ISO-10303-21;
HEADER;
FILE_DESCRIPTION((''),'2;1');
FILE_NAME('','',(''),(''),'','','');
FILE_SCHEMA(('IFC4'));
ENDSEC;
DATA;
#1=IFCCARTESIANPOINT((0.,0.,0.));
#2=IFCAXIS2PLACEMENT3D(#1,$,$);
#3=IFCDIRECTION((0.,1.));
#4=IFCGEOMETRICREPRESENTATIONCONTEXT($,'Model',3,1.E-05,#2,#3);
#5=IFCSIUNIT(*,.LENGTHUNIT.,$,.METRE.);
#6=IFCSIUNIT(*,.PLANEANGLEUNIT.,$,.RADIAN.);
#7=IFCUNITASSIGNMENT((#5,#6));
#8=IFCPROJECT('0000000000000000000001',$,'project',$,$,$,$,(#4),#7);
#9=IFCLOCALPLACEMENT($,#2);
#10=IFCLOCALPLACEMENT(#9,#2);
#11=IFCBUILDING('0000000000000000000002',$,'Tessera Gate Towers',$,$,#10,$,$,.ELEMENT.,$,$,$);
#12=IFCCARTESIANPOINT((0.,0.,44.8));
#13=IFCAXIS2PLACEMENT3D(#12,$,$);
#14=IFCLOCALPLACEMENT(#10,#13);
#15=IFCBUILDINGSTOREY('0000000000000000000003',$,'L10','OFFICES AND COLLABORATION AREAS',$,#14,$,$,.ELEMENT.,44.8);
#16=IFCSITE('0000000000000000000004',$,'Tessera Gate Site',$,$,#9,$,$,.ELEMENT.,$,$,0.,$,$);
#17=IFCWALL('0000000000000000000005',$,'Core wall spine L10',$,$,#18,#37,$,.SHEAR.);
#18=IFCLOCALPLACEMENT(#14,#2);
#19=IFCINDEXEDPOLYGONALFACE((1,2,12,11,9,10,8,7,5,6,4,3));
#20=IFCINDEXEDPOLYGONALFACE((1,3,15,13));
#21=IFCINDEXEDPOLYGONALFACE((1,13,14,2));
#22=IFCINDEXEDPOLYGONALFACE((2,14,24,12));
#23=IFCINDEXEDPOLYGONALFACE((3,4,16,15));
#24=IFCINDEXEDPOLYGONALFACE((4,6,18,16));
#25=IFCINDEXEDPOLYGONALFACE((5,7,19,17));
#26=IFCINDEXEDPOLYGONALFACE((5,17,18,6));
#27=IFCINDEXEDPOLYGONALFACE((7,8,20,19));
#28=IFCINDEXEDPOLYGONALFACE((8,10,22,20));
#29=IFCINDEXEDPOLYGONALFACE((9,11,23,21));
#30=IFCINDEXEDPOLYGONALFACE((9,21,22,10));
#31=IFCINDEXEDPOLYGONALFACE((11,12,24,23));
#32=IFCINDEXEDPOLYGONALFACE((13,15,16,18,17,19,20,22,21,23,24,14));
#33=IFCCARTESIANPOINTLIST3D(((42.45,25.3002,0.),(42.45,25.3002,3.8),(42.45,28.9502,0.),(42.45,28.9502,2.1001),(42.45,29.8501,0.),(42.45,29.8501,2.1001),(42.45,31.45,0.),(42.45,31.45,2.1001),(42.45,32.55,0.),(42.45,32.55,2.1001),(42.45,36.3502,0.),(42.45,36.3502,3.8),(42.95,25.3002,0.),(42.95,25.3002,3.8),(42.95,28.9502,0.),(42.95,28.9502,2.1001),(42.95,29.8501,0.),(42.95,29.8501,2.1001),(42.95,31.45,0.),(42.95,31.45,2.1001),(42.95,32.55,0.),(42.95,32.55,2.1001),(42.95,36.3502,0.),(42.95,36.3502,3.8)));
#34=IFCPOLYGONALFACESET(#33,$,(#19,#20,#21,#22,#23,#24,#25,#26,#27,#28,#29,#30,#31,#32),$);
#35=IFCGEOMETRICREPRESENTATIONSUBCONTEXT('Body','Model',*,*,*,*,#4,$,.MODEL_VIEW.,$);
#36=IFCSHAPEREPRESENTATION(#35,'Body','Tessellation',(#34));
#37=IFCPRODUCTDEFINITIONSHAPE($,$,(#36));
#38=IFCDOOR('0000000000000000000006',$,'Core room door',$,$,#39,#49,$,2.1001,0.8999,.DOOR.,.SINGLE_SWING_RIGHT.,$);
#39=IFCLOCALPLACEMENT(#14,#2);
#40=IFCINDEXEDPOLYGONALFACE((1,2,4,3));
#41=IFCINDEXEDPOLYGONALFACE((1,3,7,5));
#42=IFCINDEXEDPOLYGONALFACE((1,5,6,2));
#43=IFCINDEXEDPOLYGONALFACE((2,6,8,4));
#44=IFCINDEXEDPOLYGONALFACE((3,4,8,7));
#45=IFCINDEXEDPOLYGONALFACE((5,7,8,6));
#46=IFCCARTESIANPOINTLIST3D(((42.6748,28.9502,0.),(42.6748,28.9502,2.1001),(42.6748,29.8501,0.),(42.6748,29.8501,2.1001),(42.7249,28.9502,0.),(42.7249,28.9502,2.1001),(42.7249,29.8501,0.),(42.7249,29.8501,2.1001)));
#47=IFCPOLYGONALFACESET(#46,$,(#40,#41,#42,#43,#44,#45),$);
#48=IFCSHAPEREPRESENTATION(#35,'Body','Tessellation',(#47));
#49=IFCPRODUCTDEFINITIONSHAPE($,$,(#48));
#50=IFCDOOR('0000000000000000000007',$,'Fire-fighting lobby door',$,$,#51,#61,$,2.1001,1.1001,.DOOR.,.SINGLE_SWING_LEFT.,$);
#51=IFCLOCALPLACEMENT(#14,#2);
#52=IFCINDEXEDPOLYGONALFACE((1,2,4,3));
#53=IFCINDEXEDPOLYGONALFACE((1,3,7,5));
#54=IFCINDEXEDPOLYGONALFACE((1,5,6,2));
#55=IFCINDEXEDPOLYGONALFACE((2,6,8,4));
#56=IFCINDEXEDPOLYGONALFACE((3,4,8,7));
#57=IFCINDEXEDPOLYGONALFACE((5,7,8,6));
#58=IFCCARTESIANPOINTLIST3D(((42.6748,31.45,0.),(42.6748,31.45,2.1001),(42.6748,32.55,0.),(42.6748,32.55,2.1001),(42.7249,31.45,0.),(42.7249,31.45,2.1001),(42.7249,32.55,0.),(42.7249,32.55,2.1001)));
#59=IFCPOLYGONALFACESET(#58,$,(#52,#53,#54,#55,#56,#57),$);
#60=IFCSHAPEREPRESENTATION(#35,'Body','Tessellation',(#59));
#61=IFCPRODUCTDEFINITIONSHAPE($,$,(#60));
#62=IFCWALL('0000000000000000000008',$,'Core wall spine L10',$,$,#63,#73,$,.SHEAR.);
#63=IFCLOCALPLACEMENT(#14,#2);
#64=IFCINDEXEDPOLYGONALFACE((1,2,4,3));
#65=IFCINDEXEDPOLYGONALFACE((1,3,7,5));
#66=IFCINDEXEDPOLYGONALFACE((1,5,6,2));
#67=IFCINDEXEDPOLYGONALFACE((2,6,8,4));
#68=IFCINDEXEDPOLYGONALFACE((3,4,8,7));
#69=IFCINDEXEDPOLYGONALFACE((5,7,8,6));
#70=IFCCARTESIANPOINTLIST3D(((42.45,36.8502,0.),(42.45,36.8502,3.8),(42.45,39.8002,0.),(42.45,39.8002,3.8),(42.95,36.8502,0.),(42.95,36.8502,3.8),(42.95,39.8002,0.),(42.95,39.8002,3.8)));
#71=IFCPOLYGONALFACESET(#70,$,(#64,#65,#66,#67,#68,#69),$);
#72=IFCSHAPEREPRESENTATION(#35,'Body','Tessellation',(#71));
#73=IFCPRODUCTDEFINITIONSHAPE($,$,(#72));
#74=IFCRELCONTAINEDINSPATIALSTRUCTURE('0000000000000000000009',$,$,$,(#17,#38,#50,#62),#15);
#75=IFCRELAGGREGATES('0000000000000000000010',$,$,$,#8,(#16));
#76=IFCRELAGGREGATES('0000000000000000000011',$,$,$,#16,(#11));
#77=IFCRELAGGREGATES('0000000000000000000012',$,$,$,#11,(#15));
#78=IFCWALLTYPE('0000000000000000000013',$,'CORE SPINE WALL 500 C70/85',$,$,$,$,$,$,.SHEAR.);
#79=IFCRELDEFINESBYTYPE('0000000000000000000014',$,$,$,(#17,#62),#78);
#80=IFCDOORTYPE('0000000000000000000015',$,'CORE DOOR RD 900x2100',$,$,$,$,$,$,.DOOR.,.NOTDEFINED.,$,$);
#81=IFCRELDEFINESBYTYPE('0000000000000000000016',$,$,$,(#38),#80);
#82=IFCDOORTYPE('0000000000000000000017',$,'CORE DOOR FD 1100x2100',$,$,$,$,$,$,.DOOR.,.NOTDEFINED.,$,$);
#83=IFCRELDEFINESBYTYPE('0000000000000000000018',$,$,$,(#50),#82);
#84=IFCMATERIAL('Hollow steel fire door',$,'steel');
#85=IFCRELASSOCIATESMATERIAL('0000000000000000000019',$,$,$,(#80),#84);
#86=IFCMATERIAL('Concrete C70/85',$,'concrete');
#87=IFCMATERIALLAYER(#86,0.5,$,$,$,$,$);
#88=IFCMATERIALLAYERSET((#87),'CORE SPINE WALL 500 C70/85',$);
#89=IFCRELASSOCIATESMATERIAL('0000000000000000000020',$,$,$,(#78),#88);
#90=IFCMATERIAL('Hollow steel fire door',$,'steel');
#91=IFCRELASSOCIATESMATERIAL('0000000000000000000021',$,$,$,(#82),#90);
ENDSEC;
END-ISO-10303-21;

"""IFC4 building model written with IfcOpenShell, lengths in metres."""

from ifc_helpers import new_model, si_unit, direction, frame, frame_2d, origin, place, context, subcontext, project, spatial, rectangle, extrude, source, transform, mapped, material, layer, layer_set, type_object, element, fill, save


model = new_model("IFC4")

# Units and contexts
model_context = context("Model", 3, precision=1e-05, world=origin(), true_north=direction((0.0, 1.0)))
body_context = subcontext(model_context, "Body", "Model", "MODEL_VIEW")
ifc_project = project(units=[si_unit("LENGTHUNIT", "METRE"), si_unit("PLANEANGLEUNIT", "RADIAN")], contexts=[model_context])

# Site, building, storey
site_placement = place(None, origin())
site = spatial("IfcSite", under=ifc_project, at=site_placement, Name="Tessera Gate Site", CompositionType="ELEMENT", RefElevation=0.0)
building_placement = place(site_placement, origin())
building = spatial("IfcBuilding", under=site, at=building_placement, Name="Tessera Gate Towers", CompositionType="ELEMENT")
storey_placement = place(building_placement, frame((0.0, 0.0, 44.8)))
storey = spatial("IfcBuildingStorey", under=building, at=storey_placement, Name="L10", Description="OFFICES AND COLLABORATION AREAS", CompositionType="ELEMENT", Elevation=44.8)

# Shared definitions
shared_shape_1 = source(origin(), body_context, "Body", "SweptSolid", [
    extrude(rectangle(XDim=1.1001, YDim=2.1001, at=frame_2d((0.55, 1.05))), frame((0.0, 0.0249, 0.0), z_axis=(0.0, -1.0, 0.0), x_axis=(1.0, 0.0, 0.0)), (0.0, 0.0, 1.0), 0.05),
])

# Wall, openings, doors
ifc_material_1 = material(Name="Hollow steel fire door", Category="steel")
door_type_1 = type_object("IfcDoorType", Name="CORE DOOR RD 900x2100", OperationType="NOTDEFINED", PredefinedType="DOOR", material=ifc_material_1)
shared_shape_2 = source(origin(), body_context, "Body", "SweptSolid", [
    extrude(rectangle(XDim=0.8999, YDim=2.1001, at=frame_2d((0.45, 1.05))), frame((0.0, 0.0249, 0.0), z_axis=(0.0, -1.0, 0.0), x_axis=(1.0, 0.0, 0.0)), (0.0, 0.0, 1.0), 0.05),
])
ifc_material_2 = material(Name="Concrete C70/85", Category="concrete")
ifc_layer_1 = layer(ifc_material_2, 0.5)
ifc_layer_set_1 = layer_set([ifc_layer_1], Name="CORE SPINE WALL 500 C70/85")
wall_type_1 = type_object("IfcWallType", Name="CORE SPINE WALL 500 C70/85", PredefinedType="SHEAR", material=ifc_layer_set_1)
wall_1_placement = place(storey_placement, frame((42.7, 36.3501, 0.0), z_axis=(0.0, 0.0, 1.0), x_axis=(0.0, -1.0, 0.0)))
wall_1 = element("IfcWall", 1, at=wall_1_placement, inside=storey, type_object=wall_type_1, Name="Core wall spine L10", PredefinedType="SHEAR", context=body_context, shape_type="SweptSolid", body=[
    extrude(rectangle(XDim=11.05, YDim=0.5, at=frame_2d((5.5249, 0.0))), origin(), (0.0, 0.0, 1.0), 3.8),
])
shared_shape_3 = source(origin(), body_context, "Body", "SweptSolid", [
    extrude(rectangle(XDim=0.8999, YDim=2.1001, at=frame_2d((0.45, 1.05))), frame((0.0, 0.26, 0.0), z_axis=(0.0, -1.0, 0.0), x_axis=(1.0, 0.0, 0.0)), (0.0, 0.0, 1.0), 0.52),
])
opening_1_placement = place(wall_1_placement, frame((6.5, 0.0, 0.0)))
opening_1 = element("IfcOpeningElement", 2, at=opening_1_placement, cuts=wall_1, PredefinedType="OPENING", context=body_context, shape_type="MappedRepresentation", body=[
    mapped(shared_shape_3, transform((0.0, 0.0, 0.0), scale=1.0)),
])
shared_shape_4 = source(origin(), body_context, "Body", "SweptSolid", [
    extrude(rectangle(XDim=1.1001, YDim=2.1001, at=frame_2d((0.55, 1.05))), frame((0.0, 0.26, 0.0), z_axis=(0.0, -1.0, 0.0), x_axis=(1.0, 0.0, 0.0)), (0.0, 0.0, 1.0), 0.52),
])
opening_2_placement = place(wall_1_placement, frame((3.8, 0.0, 0.0)))
opening_2 = element("IfcOpeningElement", 3, at=opening_2_placement, cuts=wall_1, PredefinedType="OPENING", context=body_context, shape_type="MappedRepresentation", body=[
    mapped(shared_shape_4, transform((0.0, 0.0, 0.0), scale=1.0)),
])
door_1_placement = place(opening_1_placement, origin())
door_1 = element("IfcDoor", 4, at=door_1_placement, inside=storey, type_object=door_type_1, Name="Core room door", OperationType="SINGLE_SWING_RIGHT", OverallHeight=2.1001, OverallWidth=0.8999, PredefinedType="DOOR", context=body_context, shape_type="MappedRepresentation", body=[
    mapped(shared_shape_2, transform((0.0, 0.0, 0.0), scale=1.0)),
])
fill(opening_1, door_1)
ifc_material_3 = material(Name="Hollow steel fire door", Category="steel")
door_type_2 = type_object("IfcDoorType", Name="CORE DOOR FD 1100x2100", OperationType="NOTDEFINED", PredefinedType="DOOR", material=ifc_material_3)
door_2_placement = place(opening_2_placement, origin())
door_2 = element("IfcDoor", 5, at=door_2_placement, inside=storey, type_object=door_type_2, Name="Fire-fighting lobby door", OperationType="SINGLE_SWING_LEFT", OverallHeight=2.1001, OverallWidth=1.1001, PredefinedType="DOOR", context=body_context, shape_type="MappedRepresentation", body=[
    mapped(shared_shape_1, transform((0.0, 0.0, 0.0), scale=1.0)),
])
fill(opening_2, door_2)

# Wall
wall_2_placement = place(storey_placement, frame((42.7, 36.8501, 0.0), z_axis=(0.0, 0.0, 1.0), x_axis=(0.0, 1.0, 0.0)))
element("IfcWall", 6, at=wall_2_placement, inside=storey, type_object=wall_type_1, Name="Core wall spine L10", PredefinedType="SHEAR", context=body_context, shape_type="SweptSolid", body=[
    extrude(rectangle(XDim=2.95, YDim=0.5, at=frame_2d((1.4751, 0.0))), origin(), (0.0, 0.0, 1.0), 3.8),
])

save(model, "model.ifc")
